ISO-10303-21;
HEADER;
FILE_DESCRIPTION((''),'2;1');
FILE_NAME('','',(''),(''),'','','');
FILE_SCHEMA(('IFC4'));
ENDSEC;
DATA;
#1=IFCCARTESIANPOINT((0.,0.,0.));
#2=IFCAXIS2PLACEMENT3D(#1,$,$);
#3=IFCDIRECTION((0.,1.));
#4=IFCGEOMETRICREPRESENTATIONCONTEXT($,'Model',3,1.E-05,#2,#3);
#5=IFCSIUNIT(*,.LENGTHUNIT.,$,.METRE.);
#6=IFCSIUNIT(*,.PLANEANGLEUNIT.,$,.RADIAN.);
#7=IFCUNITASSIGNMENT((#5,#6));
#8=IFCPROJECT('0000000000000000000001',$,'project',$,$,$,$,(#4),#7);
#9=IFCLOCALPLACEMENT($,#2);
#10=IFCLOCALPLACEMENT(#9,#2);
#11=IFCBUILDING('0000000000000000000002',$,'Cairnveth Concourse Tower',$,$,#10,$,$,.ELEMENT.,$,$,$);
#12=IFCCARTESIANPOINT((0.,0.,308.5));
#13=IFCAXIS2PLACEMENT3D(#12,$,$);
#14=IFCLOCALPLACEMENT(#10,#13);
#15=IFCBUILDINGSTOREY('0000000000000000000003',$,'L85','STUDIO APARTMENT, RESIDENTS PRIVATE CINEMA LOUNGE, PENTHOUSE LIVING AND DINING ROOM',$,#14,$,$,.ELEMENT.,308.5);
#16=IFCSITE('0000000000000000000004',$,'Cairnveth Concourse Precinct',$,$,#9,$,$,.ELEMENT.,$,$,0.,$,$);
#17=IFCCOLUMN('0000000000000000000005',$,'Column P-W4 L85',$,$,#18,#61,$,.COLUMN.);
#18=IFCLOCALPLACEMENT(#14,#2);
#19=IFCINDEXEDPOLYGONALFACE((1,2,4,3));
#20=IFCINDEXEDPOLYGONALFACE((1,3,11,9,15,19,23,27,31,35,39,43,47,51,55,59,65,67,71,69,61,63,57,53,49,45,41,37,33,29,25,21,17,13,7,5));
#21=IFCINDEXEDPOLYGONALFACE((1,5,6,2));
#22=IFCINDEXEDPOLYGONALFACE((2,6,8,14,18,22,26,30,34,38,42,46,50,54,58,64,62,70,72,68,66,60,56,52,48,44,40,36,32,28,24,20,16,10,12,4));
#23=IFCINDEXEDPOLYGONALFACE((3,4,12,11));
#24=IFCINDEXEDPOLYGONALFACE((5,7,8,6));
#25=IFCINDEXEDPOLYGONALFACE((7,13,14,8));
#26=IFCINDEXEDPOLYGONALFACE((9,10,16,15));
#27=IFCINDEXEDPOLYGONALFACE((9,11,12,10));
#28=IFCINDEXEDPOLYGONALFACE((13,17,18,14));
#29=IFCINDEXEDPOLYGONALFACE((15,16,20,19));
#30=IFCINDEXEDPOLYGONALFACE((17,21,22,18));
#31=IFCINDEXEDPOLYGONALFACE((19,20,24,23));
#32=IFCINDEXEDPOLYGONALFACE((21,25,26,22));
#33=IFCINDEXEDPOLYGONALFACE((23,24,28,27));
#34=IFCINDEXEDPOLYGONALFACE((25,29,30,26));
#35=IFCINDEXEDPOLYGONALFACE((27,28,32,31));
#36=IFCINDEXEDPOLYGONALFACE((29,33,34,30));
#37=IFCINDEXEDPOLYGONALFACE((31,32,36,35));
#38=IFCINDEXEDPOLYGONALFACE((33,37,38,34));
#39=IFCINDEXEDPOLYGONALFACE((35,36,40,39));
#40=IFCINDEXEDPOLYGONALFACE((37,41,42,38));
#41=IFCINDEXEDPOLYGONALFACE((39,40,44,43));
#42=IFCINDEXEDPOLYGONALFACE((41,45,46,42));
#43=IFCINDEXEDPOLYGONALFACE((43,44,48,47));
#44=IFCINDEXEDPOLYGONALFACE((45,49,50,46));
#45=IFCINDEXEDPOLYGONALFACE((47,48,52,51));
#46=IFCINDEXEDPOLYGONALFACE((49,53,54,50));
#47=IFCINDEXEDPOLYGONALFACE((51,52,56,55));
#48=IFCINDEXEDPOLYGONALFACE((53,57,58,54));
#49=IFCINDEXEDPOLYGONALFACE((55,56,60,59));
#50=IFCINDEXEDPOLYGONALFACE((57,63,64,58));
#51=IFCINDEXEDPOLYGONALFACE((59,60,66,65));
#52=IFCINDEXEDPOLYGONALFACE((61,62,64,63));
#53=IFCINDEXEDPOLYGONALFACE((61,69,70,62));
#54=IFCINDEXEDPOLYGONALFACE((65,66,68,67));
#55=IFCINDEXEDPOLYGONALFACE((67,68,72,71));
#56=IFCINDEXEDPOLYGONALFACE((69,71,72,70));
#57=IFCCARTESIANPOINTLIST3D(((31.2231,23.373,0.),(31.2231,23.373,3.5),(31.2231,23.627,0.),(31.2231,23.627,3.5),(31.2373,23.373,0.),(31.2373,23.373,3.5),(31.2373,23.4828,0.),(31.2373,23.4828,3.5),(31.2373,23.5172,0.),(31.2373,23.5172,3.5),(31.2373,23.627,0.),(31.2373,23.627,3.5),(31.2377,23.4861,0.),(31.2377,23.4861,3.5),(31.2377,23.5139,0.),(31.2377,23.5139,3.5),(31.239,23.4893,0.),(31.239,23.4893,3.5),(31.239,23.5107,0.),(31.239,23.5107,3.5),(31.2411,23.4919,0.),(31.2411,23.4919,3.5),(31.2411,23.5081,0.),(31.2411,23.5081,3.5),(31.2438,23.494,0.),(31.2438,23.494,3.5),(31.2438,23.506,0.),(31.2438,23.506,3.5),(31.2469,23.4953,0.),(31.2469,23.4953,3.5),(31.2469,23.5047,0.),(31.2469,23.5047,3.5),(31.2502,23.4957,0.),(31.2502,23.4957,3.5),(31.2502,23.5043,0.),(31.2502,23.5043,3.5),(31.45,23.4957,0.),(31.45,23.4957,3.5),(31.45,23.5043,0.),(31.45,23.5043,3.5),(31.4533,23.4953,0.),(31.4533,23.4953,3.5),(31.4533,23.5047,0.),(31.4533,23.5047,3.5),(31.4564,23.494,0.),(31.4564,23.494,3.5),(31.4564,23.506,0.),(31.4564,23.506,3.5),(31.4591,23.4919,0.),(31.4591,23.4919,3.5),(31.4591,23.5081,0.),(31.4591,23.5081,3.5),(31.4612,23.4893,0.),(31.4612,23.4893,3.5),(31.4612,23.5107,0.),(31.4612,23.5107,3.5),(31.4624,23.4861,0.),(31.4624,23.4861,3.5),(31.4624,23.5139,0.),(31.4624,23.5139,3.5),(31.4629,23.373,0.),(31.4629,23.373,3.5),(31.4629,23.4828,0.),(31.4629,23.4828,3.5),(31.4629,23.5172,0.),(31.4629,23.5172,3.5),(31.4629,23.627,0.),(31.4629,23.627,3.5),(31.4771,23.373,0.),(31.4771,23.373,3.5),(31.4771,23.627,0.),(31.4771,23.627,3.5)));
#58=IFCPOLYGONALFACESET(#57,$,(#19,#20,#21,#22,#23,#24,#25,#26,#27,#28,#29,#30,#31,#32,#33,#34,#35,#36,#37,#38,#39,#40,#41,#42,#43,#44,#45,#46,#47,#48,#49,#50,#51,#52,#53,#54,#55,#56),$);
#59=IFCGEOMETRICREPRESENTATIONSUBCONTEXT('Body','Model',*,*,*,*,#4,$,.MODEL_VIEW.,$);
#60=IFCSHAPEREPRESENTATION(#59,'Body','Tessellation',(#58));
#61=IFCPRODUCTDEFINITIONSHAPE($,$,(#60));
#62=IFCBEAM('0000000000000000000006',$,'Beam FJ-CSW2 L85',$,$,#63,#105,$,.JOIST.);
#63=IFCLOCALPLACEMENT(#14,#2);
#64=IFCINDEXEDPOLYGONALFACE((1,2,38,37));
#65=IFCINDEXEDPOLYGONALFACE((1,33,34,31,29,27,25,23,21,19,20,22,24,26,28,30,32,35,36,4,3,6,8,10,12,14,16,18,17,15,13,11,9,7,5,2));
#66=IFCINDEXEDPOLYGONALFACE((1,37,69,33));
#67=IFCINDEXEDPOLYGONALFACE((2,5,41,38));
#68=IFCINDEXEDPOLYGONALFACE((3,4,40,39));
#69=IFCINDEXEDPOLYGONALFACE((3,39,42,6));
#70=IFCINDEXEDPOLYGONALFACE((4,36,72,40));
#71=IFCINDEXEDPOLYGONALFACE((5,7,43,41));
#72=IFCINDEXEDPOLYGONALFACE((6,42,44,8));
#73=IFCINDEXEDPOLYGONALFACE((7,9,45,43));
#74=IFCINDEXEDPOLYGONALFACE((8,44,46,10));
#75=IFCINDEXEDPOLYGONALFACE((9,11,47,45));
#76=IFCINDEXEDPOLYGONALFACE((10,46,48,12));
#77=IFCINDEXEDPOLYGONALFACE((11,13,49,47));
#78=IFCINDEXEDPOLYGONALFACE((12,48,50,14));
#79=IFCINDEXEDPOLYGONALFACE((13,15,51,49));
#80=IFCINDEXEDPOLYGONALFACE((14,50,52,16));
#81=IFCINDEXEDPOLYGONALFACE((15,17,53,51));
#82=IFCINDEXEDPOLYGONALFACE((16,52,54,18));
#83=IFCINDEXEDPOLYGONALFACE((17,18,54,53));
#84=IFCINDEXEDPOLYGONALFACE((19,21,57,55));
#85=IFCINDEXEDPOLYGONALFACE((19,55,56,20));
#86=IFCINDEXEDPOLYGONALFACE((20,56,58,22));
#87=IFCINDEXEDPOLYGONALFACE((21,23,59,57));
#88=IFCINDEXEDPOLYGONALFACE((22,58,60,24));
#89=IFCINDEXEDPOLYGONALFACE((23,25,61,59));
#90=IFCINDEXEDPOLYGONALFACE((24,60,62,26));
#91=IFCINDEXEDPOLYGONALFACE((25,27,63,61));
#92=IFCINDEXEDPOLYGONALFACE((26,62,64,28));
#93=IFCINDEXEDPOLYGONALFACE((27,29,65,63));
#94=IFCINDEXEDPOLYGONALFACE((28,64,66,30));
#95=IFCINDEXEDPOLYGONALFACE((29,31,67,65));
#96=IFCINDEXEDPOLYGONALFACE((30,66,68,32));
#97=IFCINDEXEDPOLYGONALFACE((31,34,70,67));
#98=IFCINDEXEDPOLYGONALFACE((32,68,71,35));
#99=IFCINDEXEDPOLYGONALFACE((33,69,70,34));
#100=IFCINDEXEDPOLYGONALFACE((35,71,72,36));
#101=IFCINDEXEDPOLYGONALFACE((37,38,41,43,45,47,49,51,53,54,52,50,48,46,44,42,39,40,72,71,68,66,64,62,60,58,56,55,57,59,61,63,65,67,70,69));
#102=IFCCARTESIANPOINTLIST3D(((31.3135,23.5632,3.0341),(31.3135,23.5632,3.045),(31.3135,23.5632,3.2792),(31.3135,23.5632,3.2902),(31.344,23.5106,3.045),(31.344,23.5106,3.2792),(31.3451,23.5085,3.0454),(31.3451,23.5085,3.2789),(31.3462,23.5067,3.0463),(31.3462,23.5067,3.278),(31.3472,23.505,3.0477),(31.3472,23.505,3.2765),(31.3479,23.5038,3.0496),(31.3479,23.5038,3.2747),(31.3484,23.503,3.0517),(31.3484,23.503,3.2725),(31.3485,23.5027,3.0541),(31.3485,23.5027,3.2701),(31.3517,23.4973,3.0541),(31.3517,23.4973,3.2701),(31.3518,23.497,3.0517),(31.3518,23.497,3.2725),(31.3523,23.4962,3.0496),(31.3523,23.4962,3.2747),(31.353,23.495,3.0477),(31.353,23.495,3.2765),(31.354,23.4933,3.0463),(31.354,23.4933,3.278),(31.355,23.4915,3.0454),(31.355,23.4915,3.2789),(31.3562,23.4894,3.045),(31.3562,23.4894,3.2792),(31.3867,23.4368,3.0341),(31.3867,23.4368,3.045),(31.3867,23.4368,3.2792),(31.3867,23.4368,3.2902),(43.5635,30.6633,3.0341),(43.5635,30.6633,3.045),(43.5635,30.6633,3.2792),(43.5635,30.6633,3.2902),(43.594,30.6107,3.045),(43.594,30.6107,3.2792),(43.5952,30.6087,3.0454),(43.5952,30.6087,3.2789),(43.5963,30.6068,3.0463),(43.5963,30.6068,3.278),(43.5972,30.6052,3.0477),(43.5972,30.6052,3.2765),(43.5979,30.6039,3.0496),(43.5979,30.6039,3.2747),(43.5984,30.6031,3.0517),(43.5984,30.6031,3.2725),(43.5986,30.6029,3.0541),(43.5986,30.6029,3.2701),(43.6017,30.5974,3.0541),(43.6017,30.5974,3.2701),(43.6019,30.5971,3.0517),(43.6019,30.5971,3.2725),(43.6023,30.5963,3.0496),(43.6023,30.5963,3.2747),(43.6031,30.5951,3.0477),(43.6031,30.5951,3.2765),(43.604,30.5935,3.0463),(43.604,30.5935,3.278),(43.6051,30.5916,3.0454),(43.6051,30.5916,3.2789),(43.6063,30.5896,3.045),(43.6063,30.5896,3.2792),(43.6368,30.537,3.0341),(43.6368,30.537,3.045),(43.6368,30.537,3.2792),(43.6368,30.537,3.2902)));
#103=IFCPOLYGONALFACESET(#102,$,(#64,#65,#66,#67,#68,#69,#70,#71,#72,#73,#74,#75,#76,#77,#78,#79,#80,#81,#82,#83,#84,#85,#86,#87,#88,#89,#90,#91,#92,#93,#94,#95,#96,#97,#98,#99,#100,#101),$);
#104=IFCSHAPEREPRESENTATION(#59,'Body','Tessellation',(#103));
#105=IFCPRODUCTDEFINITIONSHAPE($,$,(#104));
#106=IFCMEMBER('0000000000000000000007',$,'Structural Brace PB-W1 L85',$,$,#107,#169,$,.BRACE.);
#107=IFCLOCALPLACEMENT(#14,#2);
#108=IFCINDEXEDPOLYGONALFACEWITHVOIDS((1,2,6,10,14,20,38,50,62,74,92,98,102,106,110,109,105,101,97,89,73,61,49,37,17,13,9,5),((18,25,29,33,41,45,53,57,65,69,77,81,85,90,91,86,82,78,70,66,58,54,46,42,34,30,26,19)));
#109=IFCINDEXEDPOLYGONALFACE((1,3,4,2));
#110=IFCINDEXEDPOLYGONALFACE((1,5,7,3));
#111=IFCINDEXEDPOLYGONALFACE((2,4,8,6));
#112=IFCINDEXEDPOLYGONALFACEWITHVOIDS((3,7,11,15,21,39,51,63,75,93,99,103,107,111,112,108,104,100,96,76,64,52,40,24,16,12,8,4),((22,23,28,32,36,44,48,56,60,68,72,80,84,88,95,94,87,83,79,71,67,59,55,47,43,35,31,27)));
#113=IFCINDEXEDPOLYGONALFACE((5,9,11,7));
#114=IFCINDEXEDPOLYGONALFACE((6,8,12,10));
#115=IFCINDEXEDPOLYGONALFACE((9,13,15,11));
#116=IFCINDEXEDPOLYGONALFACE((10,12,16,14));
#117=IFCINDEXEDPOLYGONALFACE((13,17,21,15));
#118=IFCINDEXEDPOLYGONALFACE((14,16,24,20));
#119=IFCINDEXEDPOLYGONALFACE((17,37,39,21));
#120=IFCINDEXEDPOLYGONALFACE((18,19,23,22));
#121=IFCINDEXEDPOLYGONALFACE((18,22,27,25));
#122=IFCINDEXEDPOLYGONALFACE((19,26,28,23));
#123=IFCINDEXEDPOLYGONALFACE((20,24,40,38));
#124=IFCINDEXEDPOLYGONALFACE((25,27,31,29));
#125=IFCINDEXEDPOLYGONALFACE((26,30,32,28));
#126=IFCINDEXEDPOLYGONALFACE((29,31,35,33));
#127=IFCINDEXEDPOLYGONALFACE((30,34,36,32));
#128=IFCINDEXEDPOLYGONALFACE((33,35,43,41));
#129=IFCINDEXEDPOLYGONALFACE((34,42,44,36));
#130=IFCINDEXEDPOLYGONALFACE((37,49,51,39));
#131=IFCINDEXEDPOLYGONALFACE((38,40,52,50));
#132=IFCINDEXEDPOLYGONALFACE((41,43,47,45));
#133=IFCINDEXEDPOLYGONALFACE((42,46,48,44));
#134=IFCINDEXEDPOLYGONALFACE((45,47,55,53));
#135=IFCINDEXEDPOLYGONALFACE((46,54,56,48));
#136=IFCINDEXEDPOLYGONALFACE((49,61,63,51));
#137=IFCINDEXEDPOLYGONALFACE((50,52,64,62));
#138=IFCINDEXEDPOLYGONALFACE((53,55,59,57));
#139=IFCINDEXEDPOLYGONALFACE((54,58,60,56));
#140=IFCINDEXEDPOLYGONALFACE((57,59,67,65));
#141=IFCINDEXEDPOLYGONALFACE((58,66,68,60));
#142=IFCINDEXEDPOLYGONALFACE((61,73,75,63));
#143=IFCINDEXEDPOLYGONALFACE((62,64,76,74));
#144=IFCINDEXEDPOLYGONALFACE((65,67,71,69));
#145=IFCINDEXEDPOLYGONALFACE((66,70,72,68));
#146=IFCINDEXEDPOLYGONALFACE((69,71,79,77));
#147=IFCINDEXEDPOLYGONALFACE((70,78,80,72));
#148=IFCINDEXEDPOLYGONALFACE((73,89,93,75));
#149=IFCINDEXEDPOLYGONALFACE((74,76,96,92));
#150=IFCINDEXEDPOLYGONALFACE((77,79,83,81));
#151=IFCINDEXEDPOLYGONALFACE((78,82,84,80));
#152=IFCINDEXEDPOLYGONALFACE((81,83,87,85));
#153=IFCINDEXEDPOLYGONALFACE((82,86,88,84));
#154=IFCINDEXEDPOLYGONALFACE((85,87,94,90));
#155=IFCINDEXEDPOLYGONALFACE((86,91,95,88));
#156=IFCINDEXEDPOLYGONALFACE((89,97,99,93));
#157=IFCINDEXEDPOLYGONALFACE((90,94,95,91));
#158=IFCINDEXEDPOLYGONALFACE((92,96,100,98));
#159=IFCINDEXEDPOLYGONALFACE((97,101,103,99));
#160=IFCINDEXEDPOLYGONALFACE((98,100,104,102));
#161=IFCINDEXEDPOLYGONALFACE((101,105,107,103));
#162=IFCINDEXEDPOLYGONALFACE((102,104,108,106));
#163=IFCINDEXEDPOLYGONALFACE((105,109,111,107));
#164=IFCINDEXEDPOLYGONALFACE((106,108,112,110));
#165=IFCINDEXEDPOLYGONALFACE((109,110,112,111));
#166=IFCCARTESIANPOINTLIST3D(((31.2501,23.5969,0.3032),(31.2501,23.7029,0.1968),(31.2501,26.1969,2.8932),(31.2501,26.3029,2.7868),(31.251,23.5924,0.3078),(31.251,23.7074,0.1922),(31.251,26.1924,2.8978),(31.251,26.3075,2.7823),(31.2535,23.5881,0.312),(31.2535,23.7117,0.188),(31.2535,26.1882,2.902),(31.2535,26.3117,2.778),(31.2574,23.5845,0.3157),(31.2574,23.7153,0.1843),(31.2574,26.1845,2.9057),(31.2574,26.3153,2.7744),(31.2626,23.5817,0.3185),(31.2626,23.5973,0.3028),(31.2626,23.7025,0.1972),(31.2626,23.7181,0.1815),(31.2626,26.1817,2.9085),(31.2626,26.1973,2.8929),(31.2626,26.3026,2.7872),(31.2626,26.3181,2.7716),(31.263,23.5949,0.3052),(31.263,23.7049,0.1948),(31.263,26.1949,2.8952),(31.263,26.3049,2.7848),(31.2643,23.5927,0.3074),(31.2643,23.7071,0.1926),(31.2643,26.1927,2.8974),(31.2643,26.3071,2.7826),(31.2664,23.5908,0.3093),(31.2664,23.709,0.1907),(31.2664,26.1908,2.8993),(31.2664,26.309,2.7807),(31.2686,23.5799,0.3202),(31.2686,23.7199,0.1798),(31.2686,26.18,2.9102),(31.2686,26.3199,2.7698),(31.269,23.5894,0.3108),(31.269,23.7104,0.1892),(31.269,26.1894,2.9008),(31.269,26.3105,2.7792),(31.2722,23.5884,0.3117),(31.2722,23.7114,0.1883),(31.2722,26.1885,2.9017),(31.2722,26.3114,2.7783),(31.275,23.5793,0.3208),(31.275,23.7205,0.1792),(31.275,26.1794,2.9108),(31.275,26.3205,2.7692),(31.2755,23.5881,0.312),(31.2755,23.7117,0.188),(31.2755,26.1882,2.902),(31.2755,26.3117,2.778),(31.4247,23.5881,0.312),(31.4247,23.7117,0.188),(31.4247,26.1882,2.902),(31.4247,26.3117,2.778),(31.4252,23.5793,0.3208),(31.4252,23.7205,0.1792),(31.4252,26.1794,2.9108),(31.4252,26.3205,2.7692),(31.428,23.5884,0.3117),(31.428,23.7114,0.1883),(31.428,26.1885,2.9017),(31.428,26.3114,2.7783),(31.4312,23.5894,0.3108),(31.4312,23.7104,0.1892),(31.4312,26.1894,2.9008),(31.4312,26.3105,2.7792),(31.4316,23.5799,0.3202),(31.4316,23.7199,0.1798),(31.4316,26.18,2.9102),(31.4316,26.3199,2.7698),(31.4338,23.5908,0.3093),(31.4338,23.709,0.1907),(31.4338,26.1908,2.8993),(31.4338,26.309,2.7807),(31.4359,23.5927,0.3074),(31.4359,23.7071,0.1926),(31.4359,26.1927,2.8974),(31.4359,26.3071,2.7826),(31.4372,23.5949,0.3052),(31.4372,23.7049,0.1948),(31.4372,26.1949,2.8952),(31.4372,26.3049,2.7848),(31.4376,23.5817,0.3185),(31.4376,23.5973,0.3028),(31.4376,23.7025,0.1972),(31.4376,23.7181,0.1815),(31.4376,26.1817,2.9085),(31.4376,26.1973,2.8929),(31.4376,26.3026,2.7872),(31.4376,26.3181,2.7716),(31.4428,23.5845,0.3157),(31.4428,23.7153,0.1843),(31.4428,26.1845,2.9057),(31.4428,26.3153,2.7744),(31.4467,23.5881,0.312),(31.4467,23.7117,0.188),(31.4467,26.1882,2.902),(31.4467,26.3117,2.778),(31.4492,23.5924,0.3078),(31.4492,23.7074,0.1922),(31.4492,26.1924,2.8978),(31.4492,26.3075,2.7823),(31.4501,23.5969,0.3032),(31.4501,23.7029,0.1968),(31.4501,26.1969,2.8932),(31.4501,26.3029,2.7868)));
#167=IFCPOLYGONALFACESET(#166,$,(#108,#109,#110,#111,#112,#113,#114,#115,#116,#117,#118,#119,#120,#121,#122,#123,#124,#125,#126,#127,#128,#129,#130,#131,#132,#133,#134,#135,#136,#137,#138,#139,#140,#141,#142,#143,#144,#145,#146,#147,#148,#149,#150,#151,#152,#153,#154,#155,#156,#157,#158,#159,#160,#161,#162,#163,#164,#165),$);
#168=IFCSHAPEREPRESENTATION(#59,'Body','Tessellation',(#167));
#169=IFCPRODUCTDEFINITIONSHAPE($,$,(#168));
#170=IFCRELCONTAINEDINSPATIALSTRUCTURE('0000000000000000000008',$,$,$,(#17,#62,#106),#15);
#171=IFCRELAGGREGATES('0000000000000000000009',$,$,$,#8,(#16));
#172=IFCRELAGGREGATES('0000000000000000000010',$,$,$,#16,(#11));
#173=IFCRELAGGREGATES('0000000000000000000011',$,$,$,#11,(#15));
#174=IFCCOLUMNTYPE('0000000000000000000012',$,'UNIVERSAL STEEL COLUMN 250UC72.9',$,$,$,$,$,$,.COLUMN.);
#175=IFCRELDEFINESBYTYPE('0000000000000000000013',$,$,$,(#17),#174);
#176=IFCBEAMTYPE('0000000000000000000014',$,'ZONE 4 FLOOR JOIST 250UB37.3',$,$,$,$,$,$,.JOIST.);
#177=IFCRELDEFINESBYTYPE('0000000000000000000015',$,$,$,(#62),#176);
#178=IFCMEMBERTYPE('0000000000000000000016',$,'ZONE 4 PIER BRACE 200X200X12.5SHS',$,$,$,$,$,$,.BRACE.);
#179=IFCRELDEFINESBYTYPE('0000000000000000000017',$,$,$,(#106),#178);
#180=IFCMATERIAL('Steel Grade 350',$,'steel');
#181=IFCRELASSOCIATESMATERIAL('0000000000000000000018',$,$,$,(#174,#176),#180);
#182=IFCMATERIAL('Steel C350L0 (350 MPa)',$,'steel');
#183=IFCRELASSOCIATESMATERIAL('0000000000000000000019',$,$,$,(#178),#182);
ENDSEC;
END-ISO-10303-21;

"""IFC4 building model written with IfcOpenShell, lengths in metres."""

from ifc_helpers import new_model, si_unit, direction, frame, origin, origin_2d, place, context, subcontext, project, spatial, hollow_rectangle, i_section, extrude, material, material_profile, profile_set, type_object, element, save


model = new_model("IFC4")

# Units and contexts
model_context = context("Model", 3, precision=1e-05, world=origin(), true_north=direction((0.0, 1.0)))
body_context = subcontext(model_context, "Body", "Model", "MODEL_VIEW")
ifc_project = project(units=[si_unit("LENGTHUNIT", "METRE"), si_unit("PLANEANGLEUNIT", "RADIAN")], contexts=[model_context])

# Site, building, storey
site_placement = place(None, origin())
site = spatial("IfcSite", under=ifc_project, at=site_placement, Name="Cairnveth Concourse Precinct", CompositionType="ELEMENT", RefElevation=0.0)
building_placement = place(site_placement, origin())
building = spatial("IfcBuilding", under=site, at=building_placement, Name="Cairnveth Concourse Tower", CompositionType="ELEMENT")
storey_placement = place(building_placement, frame((0.0, 0.0, 308.5)))
storey = spatial("IfcBuildingStorey", under=building, at=storey_placement, Name="L85", Description="STUDIO APARTMENT, RESIDENTS PRIVATE CINEMA LOUNGE, PENTHOUSE LIVING AND DINING ROOM", CompositionType="ELEMENT", Elevation=308.5)

# Column
ifc_material_1 = material(Name="Steel Grade 350", Category="steel")
ifc_material_profile_1 = material_profile(ifc_material_1, i_section(OverallWidth=0.2539, OverallDepth=0.2539, WebThickness=0.0085, FlangeThickness=0.0142, FilletRadius=0.0129, at=origin_2d()), Name="250UC72.9")
ifc_profile_set_1 = profile_set([ifc_material_profile_1], Name="Steel Grade 350")
column_type = type_object("IfcColumnType", Name="UNIVERSAL STEEL COLUMN 250UC72.9", PredefinedType="COLUMN", material=ifc_profile_set_1)
column_placement = place(storey_placement, frame((31.3501, 23.5, 0.0), z_axis=(0.0, 0.0, 1.0), x_axis=(0.0, 1.0, 0.0)))
element("IfcColumn", 1, at=column_placement, inside=storey, type_object=column_type, Name="Column P-W4 L85", PredefinedType="COLUMN", context=body_context, shape_type="SweptSolid", body=[
    extrude(i_section(OverallWidth=0.2539, OverallDepth=0.2539, WebThickness=0.0085, FlangeThickness=0.0142, FilletRadius=0.0129, at=origin_2d()), origin(), (0.0, 0.0, 1.0), 3.5),
])

# Beam
ifc_material_profile_2 = material_profile(ifc_material_1, i_section(OverallWidth=0.146, OverallDepth=0.2561, WebThickness=0.0063, FlangeThickness=0.011, FilletRadius=0.009, at=origin_2d()), Name="250UB37.3")
ifc_profile_set_2 = profile_set([ifc_material_profile_2], Name="Steel Grade 350")
beam_type_1 = type_object("IfcBeamType", Name="ZONE 4 FLOOR JOIST 250UB37.3", PredefinedType="JOIST", material=ifc_profile_set_2)
beam_1_placement = place(storey_placement, frame((31.3501, 23.5, 3.1621), z_axis=(0.865181, 0.501459, 0.0), x_axis=(-0.501459, 0.865181, 0.0)))
element("IfcBeam", 2, at=beam_1_placement, inside=storey, type_object=beam_type_1, Name="Beam FJ-CSW2 L85", PredefinedType="JOIST", context=body_context, shape_type="SweptSolid", body=[
    extrude(i_section(OverallWidth=0.146, OverallDepth=0.2561, WebThickness=0.0063, FlangeThickness=0.011, FilletRadius=0.009, at=origin_2d()), origin(), (0.0, 0.0, 1.0), 14.1589),
])

# Member
ifc_material_2 = material(Name="Steel C350L0 (350 MPa)", Category="steel")
ifc_material_profile_3 = material_profile(ifc_material_2, hollow_rectangle(XDim=0.2, YDim=0.2, WallThickness=0.0125, InnerFilletRadius=0.0129, OuterFilletRadius=0.0249, at=origin_2d()), Name="200x200x12.5SHS")
ifc_profile_set_3 = profile_set([ifc_material_profile_3], Name="Steel C350L0 (350 MPa)")
member_type = type_object("IfcMemberType", Name="ZONE 4 PIER BRACE 200X200X12.5SHS", PredefinedType="BRACE", material=ifc_profile_set_3)
member_placement = place(storey_placement, frame((31.3501, 23.6499, 0.25), z_axis=(0.0, 0.708469, 0.705742), x_axis=(-1.0, 0.0, 0.0)))
element("IfcMember", 3, at=member_placement, inside=storey, type_object=member_type, Name="Structural Brace PB-W1 L85", PredefinedType="BRACE", context=body_context, shape_type="SweptSolid", body=[
    extrude(hollow_rectangle(XDim=0.2, YDim=0.2, WallThickness=0.0125, InnerFilletRadius=0.0129, OuterFilletRadius=0.0249, at=origin_2d()), origin(), (0.0, 0.0, 1.0), 3.6699),
])

save(model, "model.ifc")
